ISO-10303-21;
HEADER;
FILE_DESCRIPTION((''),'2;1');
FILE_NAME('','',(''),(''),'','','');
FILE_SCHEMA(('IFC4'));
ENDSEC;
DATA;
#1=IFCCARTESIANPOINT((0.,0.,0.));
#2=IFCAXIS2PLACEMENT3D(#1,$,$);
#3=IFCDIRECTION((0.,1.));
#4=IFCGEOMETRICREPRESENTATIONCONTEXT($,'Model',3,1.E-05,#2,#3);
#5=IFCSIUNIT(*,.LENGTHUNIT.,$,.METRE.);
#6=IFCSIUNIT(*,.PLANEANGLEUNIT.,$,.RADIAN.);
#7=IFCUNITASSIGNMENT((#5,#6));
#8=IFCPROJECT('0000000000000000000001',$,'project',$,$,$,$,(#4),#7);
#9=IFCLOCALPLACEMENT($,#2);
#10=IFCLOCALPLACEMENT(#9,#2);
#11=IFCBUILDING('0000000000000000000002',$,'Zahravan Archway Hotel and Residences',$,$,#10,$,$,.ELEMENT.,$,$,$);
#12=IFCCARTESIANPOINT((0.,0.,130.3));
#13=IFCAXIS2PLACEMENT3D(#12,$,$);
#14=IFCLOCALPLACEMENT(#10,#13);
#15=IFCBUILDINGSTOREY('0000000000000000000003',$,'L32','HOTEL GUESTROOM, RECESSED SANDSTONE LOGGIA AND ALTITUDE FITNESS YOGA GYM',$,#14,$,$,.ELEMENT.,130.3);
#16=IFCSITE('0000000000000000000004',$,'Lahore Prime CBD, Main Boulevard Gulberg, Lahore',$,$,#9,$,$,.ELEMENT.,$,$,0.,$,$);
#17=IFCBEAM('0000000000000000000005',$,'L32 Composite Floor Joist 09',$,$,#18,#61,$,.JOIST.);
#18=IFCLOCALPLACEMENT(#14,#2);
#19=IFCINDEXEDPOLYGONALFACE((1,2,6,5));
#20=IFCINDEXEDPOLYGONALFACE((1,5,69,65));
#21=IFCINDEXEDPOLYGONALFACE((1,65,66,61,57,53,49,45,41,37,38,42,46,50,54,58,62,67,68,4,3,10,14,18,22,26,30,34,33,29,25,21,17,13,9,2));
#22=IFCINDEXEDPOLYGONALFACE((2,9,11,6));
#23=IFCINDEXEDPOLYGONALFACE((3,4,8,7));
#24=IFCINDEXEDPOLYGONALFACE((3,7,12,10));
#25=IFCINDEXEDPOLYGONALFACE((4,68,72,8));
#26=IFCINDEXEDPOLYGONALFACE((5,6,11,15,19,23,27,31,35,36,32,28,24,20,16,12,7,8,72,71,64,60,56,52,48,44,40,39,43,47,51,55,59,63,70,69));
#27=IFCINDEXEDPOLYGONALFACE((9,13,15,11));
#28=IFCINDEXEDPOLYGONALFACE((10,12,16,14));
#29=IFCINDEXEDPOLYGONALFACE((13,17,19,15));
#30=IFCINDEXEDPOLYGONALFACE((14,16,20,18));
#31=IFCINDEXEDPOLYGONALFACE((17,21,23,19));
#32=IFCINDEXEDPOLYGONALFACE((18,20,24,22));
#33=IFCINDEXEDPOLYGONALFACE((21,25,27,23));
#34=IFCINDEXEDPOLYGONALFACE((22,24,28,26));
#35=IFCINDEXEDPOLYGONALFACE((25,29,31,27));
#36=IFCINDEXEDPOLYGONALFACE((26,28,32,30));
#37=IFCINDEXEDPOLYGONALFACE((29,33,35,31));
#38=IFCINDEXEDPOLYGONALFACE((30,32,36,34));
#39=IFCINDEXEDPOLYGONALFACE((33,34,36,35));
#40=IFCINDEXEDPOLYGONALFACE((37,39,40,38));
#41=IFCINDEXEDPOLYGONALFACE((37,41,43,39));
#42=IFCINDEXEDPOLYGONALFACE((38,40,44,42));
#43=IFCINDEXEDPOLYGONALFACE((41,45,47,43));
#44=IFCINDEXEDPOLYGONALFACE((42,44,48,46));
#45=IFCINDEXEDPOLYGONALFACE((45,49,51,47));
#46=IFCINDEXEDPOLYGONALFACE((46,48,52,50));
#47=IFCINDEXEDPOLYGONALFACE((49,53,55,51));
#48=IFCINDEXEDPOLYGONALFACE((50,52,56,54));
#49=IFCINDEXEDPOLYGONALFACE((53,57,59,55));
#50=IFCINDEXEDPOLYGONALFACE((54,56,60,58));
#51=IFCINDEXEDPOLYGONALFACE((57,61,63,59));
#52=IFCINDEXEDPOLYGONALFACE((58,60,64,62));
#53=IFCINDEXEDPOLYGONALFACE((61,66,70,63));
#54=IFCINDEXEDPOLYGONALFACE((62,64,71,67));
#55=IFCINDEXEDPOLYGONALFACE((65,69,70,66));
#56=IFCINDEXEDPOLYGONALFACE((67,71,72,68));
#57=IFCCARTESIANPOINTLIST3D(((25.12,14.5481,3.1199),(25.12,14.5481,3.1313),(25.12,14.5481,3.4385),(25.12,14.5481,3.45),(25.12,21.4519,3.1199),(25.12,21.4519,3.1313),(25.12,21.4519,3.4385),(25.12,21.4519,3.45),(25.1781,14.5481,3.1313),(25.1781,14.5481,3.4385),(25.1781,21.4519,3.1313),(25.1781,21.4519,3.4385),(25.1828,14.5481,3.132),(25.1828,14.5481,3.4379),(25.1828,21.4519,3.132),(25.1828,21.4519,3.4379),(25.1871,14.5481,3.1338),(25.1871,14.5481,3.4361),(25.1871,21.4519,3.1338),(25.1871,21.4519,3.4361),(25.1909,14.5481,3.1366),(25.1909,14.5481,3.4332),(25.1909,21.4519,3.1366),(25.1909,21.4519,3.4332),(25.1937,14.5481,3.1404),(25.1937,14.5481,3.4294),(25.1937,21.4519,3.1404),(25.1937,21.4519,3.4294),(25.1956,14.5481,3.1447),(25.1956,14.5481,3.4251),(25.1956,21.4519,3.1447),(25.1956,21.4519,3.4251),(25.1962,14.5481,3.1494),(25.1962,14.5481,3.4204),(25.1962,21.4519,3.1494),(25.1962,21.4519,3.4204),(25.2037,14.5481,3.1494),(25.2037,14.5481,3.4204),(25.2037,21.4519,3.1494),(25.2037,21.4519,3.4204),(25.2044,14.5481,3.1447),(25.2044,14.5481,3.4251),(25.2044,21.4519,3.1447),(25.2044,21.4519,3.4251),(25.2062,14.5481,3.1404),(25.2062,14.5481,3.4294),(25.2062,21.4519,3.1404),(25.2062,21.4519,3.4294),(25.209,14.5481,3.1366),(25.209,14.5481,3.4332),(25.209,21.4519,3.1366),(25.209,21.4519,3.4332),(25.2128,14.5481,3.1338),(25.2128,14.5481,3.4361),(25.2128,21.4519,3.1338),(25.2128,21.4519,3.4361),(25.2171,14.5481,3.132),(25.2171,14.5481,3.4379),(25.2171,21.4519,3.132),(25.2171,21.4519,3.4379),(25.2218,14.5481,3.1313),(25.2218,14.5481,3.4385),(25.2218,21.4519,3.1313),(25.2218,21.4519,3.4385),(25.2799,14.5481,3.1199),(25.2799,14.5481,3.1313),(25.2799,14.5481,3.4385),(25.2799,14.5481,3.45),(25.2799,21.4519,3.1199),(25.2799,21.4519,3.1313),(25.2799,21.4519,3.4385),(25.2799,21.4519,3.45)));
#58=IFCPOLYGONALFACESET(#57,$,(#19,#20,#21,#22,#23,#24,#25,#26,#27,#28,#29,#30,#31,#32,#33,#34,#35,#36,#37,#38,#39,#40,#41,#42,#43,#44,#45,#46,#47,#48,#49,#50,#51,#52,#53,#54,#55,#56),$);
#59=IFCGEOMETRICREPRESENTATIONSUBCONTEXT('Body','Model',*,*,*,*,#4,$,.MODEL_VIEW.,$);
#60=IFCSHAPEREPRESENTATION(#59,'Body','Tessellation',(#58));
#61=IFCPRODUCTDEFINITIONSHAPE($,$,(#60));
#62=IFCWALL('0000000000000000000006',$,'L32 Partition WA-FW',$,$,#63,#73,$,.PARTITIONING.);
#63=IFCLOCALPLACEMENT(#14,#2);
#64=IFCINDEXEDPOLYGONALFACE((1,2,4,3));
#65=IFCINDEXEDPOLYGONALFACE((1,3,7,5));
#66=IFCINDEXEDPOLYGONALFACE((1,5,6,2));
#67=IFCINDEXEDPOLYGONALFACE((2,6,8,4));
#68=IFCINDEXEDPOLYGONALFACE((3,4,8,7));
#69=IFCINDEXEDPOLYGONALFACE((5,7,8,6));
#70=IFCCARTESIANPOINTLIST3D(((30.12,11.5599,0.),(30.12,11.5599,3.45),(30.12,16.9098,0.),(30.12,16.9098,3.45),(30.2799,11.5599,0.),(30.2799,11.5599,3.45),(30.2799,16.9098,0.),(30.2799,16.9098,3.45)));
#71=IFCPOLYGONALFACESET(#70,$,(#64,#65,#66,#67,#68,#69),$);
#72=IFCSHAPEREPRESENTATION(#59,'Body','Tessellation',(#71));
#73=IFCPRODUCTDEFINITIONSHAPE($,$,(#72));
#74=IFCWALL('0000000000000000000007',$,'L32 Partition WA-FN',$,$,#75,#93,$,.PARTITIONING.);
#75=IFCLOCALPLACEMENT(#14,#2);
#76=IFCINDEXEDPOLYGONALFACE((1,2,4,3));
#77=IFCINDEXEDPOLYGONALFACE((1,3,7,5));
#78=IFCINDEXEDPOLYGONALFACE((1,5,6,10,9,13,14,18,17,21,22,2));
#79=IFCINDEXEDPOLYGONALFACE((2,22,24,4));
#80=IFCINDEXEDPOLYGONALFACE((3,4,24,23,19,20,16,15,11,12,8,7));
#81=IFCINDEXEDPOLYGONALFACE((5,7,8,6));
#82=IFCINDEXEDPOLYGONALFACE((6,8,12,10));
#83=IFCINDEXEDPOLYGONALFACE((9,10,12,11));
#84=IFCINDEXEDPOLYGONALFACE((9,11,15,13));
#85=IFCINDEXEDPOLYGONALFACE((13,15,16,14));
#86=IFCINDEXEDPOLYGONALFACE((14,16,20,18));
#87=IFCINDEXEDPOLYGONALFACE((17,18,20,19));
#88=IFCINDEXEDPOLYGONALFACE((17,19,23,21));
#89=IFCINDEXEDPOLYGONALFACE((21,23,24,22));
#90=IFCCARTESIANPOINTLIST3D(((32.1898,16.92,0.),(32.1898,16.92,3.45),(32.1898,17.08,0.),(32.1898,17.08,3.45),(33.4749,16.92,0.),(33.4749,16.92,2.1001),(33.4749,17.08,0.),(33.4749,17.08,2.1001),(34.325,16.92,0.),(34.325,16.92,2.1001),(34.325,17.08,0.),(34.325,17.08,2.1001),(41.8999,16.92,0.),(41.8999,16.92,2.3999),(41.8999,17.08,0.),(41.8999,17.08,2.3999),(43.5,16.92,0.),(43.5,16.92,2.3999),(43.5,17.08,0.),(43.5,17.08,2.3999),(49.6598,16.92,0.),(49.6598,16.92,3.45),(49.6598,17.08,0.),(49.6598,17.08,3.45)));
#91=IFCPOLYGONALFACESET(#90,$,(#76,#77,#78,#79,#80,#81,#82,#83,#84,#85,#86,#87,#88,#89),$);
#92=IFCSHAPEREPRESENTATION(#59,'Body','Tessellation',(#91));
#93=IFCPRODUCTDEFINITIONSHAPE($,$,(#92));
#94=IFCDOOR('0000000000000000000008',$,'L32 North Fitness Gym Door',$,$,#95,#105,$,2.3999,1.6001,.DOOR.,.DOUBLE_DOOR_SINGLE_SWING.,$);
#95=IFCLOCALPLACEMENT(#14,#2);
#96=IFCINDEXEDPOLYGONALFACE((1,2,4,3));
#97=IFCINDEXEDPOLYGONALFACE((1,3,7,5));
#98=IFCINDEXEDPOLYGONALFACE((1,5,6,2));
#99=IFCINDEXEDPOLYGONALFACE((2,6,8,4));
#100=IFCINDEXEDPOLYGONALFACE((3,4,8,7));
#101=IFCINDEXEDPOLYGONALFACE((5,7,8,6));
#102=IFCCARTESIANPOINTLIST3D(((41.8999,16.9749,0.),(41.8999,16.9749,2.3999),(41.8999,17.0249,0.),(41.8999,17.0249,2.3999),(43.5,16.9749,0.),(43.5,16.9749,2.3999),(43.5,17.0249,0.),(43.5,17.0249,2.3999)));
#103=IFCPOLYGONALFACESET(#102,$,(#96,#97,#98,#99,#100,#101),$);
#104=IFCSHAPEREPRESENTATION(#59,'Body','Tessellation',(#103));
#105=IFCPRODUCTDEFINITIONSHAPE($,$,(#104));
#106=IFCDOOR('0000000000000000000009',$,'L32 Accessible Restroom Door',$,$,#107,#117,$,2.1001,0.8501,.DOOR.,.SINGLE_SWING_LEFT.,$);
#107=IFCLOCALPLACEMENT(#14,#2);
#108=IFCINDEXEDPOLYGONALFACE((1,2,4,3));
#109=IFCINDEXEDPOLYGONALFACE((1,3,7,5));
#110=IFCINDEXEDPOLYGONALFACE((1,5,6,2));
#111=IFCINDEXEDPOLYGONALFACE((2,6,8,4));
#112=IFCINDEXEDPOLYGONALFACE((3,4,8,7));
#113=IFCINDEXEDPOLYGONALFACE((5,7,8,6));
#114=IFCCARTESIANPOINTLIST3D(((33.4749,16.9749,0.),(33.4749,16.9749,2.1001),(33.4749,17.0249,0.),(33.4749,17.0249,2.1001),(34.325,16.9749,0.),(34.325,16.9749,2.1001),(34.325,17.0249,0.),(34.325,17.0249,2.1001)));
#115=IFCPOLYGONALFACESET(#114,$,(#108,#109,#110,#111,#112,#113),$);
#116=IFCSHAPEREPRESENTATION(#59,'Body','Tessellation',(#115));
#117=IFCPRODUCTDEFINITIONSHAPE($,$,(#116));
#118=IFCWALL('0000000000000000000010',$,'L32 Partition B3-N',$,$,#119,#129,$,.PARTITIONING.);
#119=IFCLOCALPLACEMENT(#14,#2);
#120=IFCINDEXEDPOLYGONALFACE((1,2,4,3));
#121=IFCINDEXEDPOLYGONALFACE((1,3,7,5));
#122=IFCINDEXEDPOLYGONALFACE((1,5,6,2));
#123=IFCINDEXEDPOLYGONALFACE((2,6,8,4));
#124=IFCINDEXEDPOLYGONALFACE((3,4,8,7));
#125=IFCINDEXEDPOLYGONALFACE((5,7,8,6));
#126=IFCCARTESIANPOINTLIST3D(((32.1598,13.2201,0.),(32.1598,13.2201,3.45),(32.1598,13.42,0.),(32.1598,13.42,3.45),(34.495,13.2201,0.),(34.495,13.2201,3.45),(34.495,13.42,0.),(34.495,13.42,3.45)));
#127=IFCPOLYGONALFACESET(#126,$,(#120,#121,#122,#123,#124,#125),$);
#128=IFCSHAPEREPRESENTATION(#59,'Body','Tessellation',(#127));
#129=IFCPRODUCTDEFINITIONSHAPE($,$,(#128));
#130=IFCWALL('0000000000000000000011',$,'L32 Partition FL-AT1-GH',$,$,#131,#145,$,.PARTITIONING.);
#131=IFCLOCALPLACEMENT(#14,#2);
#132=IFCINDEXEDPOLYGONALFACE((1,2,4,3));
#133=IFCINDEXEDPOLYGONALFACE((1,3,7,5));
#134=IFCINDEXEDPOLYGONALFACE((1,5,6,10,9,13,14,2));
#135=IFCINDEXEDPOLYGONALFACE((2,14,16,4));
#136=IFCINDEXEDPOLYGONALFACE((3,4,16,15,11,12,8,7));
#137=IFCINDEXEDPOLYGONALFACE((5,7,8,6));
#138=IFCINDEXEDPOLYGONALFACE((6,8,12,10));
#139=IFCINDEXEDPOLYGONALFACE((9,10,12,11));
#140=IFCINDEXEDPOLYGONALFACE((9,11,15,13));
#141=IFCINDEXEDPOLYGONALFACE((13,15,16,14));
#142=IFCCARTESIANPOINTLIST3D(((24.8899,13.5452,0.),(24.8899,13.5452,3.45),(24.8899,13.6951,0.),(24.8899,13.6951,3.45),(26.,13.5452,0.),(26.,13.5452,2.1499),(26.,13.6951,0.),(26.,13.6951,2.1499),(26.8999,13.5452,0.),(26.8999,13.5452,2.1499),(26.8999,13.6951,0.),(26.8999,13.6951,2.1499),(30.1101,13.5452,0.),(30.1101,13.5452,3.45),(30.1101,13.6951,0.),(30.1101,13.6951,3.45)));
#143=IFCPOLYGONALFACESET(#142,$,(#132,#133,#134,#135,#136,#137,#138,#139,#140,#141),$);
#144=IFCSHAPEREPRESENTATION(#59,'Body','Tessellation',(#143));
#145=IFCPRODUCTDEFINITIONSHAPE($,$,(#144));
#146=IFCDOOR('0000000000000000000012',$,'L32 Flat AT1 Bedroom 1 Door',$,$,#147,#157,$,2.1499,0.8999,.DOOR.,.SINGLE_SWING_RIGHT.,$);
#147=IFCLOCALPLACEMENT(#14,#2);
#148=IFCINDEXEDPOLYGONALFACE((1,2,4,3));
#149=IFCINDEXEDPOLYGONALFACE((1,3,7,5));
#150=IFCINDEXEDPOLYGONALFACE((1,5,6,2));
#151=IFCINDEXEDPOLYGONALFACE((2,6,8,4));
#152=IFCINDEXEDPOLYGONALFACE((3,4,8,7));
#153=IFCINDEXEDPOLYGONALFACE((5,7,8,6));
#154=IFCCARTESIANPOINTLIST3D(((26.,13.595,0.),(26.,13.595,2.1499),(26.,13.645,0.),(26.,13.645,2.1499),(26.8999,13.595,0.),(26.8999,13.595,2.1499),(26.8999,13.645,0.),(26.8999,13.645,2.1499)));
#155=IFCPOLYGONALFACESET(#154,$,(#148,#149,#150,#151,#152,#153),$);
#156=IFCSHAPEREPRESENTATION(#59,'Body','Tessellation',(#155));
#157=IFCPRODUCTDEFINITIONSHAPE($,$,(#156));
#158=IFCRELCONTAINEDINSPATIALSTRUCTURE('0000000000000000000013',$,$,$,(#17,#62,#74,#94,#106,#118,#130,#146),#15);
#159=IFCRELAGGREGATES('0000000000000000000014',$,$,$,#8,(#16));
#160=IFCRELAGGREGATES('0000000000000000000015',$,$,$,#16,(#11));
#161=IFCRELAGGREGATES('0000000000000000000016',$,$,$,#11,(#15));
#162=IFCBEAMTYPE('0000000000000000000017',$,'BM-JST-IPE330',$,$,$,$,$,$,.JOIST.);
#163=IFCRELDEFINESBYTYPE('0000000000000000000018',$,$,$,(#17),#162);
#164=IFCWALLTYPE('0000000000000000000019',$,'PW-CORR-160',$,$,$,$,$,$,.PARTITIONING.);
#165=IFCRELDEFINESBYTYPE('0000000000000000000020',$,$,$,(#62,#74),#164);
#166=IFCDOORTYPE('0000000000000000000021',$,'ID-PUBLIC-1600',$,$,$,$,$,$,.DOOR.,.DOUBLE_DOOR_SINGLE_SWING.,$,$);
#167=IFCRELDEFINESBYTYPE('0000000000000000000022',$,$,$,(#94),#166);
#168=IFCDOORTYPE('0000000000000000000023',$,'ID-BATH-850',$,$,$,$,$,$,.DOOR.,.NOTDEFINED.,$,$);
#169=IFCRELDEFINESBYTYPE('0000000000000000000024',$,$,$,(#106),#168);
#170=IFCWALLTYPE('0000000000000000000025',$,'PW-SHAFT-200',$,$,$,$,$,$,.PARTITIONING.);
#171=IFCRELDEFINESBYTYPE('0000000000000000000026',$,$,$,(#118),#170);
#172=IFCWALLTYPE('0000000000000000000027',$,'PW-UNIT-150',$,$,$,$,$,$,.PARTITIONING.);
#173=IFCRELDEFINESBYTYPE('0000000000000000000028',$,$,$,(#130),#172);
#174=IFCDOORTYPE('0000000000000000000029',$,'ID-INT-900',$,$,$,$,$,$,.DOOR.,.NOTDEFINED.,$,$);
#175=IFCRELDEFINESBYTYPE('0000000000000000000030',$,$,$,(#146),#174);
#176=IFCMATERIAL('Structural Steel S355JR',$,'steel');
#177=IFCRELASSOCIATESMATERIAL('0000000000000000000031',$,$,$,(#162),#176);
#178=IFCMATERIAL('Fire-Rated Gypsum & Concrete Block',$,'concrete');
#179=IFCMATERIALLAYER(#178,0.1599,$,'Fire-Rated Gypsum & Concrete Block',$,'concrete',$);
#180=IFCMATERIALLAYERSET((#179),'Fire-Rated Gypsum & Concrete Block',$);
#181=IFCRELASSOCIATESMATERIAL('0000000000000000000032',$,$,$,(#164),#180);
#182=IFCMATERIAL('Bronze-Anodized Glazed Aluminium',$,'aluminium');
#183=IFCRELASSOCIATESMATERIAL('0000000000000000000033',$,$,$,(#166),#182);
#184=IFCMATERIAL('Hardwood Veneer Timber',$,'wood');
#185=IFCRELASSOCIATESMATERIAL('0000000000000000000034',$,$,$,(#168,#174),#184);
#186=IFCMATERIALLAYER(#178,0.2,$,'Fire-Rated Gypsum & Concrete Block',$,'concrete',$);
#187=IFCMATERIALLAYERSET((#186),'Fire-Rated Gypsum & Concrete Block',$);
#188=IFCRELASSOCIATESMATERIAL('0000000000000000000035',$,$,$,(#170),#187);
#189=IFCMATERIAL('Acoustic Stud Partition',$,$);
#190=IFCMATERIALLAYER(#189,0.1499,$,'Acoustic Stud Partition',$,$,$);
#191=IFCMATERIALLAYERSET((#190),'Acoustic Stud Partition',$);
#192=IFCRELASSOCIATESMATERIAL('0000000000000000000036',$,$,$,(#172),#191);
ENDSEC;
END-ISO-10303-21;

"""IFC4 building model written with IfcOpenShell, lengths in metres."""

from ifc_helpers import new_model, si_unit, direction, frame, frame_2d, origin, origin_2d, place, context, subcontext, project, spatial, rectangle, i_section, extrude, source, transform, mapped, material, layer, layer_set, material_profile, profile_set, type_object, type_shapes, element, fill, save


model = new_model("IFC4")

# Units and contexts
model_context = context("Model", 3, precision=1e-05, world=origin(), true_north=direction((0.0, 1.0)))
body_context = subcontext(model_context, "Body", "Model", "MODEL_VIEW")
ifc_project = project(units=[si_unit("LENGTHUNIT", "METRE"), si_unit("PLANEANGLEUNIT", "RADIAN")], contexts=[model_context])

# Site, building, storey
site_placement = place(None, origin())
site = spatial("IfcSite", under=ifc_project, at=site_placement, Name="Lahore Prime CBD, Main Boulevard Gulberg, Lahore", CompositionType="ELEMENT", RefElevation=0.0)
building_placement = place(site_placement, origin())
building = spatial("IfcBuilding", under=site, at=building_placement, Name="Zahravan Archway Hotel and Residences", CompositionType="ELEMENT")
storey_placement = place(building_placement, frame((0.0, 0.0, 130.3)))
storey = spatial("IfcBuildingStorey", under=building, at=storey_placement, Name="L32", Description="HOTEL GUESTROOM, RECESSED SANDSTONE LOGGIA AND ALTITUDE FITNESS YOGA GYM", CompositionType="ELEMENT", Elevation=130.3)

# Beam
ifc_material_1 = material(Name="Structural Steel S355JR", Category="steel")
ifc_material_profile_1 = material_profile(ifc_material_1, i_section(OverallWidth=0.1599, OverallDepth=0.3301, WebThickness=0.0076, FlangeThickness=0.0115, FilletRadius=0.0181, at=origin_2d()), Name="IPE 330", Category="steel")
ifc_profile_set_1 = profile_set([ifc_material_profile_1], Name="Structural Steel S355JR")
beam_type_1 = type_object("IfcBeamType", Name="BM-JST-IPE330", PredefinedType="JOIST", material=ifc_profile_set_1)
shared_shape_1 = source(origin(), body_context, "Body", "SweptSolid", [
    extrude(i_section(OverallWidth=0.1599, OverallDepth=0.3301, WebThickness=0.0076, FlangeThickness=0.0115, FilletRadius=0.0181, at=origin_2d()), origin(), (0.0, 0.0, 1.0), 6.9038),
])
beam_1_placement = place(storey_placement, frame((25.2, 14.5481, 3.2849), z_axis=(0.0, 1.0, 0.0), x_axis=(-1.0, 0.0, 0.0)))
element("IfcBeam", 1, at=beam_1_placement, inside=storey, type_object=beam_type_1, Name="L32 Composite Floor Joist 09", PredefinedType="JOIST", context=body_context, shape_type="MappedRepresentation", body=[
    mapped(shared_shape_1, transform((0.0, 0.0, 0.0), scale=1.0)),
])

# Wall
ifc_material_2 = material(Name="Fire-Rated Gypsum & Concrete Block", Category="concrete")
ifc_layer_1 = layer(ifc_material_2, 0.1599, Name="Fire-Rated Gypsum & Concrete Block", Category="concrete")
ifc_layer_set_1 = layer_set([ifc_layer_1], Name="Fire-Rated Gypsum & Concrete Block")
wall_type_1 = type_object("IfcWallType", Name="PW-CORR-160", PredefinedType="PARTITIONING", material=ifc_layer_set_1)
wall_1_placement = place(storey_placement, frame((30.2, 11.5601, 0.0), z_axis=(0.0, 0.0, 1.0), x_axis=(0.0, 1.0, 0.0)))
element("IfcWall", 2, at=wall_1_placement, inside=storey, type_object=wall_type_1, Name="L32 Partition WA-FW", PredefinedType="PARTITIONING", context=body_context, shape_type="SweptSolid", body=[
    extrude(rectangle(XDim=5.3499, YDim=0.1599, at=frame_2d((2.6748, 0.0))), origin(), (0.0, 0.0, 1.0), 3.45),
])

# Wall, openings, doors
wall_2_placement = place(storey_placement, frame((32.1899, 17.0, 0.0), z_axis=(0.0, 0.0, 1.0), x_axis=(1.0, 0.0, 0.0)))
wall_2 = element("IfcWall", 3, at=wall_2_placement, inside=storey, type_object=wall_type_1, Name="L32 Partition WA-FN", PredefinedType="PARTITIONING", context=body_context, shape_type="SweptSolid", body=[
    extrude(rectangle(XDim=17.47, YDim=0.1599, at=frame_2d((8.7349, 0.0))), origin(), (0.0, 0.0, 1.0), 3.45),
])
opening_1_placement = place(wall_2_placement, frame((1.2849, 0.0, 0.0)))
opening_1 = element("IfcOpeningElement", 4, at=opening_1_placement, cuts=wall_2, PredefinedType="OPENING", context=body_context, shape_type="SweptSolid", body=[
    extrude(rectangle(XDim=0.8501, YDim=2.1001, at=frame_2d((0.425, 1.05))), frame((0.0, 0.0898, 0.0), z_axis=(0.0, -1.0, 0.0), x_axis=(1.0, 0.0, 0.0)), (0.0, 0.0, 1.0), 0.1799),
])
opening_2_placement = place(wall_2_placement, frame((9.71, 0.0, 0.0)))
opening_2 = element("IfcOpeningElement", 5, at=opening_2_placement, cuts=wall_2, PredefinedType="OPENING", context=body_context, shape_type="SweptSolid", body=[
    extrude(rectangle(XDim=1.6001, YDim=2.3999, at=frame_2d((0.8, 1.2))), frame((0.0, 0.0898, 0.0), z_axis=(0.0, -1.0, 0.0), x_axis=(1.0, 0.0, 0.0)), (0.0, 0.0, 1.0), 0.1799),
])
ifc_material_3 = material(Name="Bronze-Anodized Glazed Aluminium", Category="aluminium")
door_type_1 = type_object("IfcDoorType", Name="ID-PUBLIC-1600", OperationType="DOUBLE_DOOR_SINGLE_SWING", PredefinedType="DOOR", material=ifc_material_3)
shared_shape_2 = source(origin(), body_context, "Body", "SweptSolid", [
    extrude(rectangle(XDim=1.6001, YDim=2.3999, at=frame_2d((0.8, 1.2))), frame((0.0, 0.0249, 0.0), z_axis=(0.0, -1.0, 0.0), x_axis=(1.0, 0.0, 0.0)), (0.0, 0.0, 1.0), 0.05),
])
type_shapes(door_type_1, [shared_shape_2])
door_1_placement = place(opening_2_placement, origin())
door_1 = element("IfcDoor", 6, at=door_1_placement, inside=storey, type_object=door_type_1, Name="L32 North Fitness Gym Door", OperationType="DOUBLE_DOOR_SINGLE_SWING", OverallHeight=2.3999, OverallWidth=1.6001, PredefinedType="DOOR", context=body_context, shape_type="MappedRepresentation", body=[
    mapped(shared_shape_2, transform((0.0, 0.0, 0.0), scale=1.0)),
])
fill(opening_2, door_1)
ifc_material_4 = material(Name="Hardwood Veneer Timber", Category="wood")
door_type_2 = type_object("IfcDoorType", Name="ID-BATH-850", OperationType="NOTDEFINED", PredefinedType="DOOR", material=ifc_material_4)
shared_shape_3 = source(origin(), body_context, "Body", "SweptSolid", [
    extrude(rectangle(XDim=0.8501, YDim=2.1001, at=frame_2d((0.425, 1.05))), frame((0.0, 0.0249, 0.0), z_axis=(0.0, -1.0, 0.0), x_axis=(1.0, 0.0, 0.0)), (0.0, 0.0, 1.0), 0.05),
])
type_shapes(door_type_2, [shared_shape_3])
door_2_placement = place(opening_1_placement, origin())
door_2 = element("IfcDoor", 7, at=door_2_placement, inside=storey, type_object=door_type_2, Name="L32 Accessible Restroom Door", OperationType="SINGLE_SWING_LEFT", OverallHeight=2.1001, OverallWidth=0.8501, PredefinedType="DOOR", context=body_context, shape_type="MappedRepresentation", body=[
    mapped(shared_shape_3, transform((0.0, 0.0, 0.0), scale=1.0)),
])
fill(opening_1, door_2)

# Wall
ifc_layer_2 = layer(ifc_material_2, 0.2, Name="Fire-Rated Gypsum & Concrete Block", Category="concrete")
ifc_layer_set_2 = layer_set([ifc_layer_2], Name="Fire-Rated Gypsum & Concrete Block")
wall_type_2 = type_object("IfcWallType", Name="PW-SHAFT-200", PredefinedType="PARTITIONING", material=ifc_layer_set_2)
wall_3_placement = place(storey_placement, frame((32.1599, 13.3201, 0.0), z_axis=(0.0, 0.0, 1.0), x_axis=(1.0, 0.0, 0.0)))
element("IfcWall", 8, at=wall_3_placement, inside=storey, type_object=wall_type_2, Name="L32 Partition B3-N", PredefinedType="PARTITIONING", context=body_context, shape_type="SweptSolid", body=[
    extrude(rectangle(XDim=2.3352, YDim=0.2, at=frame_2d((1.1675, 0.0))), origin(), (0.0, 0.0, 1.0), 3.45),
])

# Wall, opening, door
ifc_material_5 = material(Name="Acoustic Stud Partition")
ifc_layer_3 = layer(ifc_material_5, 0.1499, Name="Acoustic Stud Partition")
ifc_layer_set_3 = layer_set([ifc_layer_3], Name="Acoustic Stud Partition")
wall_type_3 = type_object("IfcWallType", Name="PW-UNIT-150", PredefinedType="PARTITIONING", material=ifc_layer_set_3)
wall_4_placement = place(storey_placement, frame((24.8899, 13.6201, 0.0), z_axis=(0.0, 0.0, 1.0), x_axis=(1.0, 0.0, 0.0)))
wall_4 = element("IfcWall", 9, at=wall_4_placement, inside=storey, type_object=wall_type_3, Name="L32 Partition FL-AT1-GH", PredefinedType="PARTITIONING", context=body_context, shape_type="SweptSolid", body=[
    extrude(rectangle(XDim=5.2202, YDim=0.1499, at=frame_2d((2.6101, 0.0))), origin(), (0.0, 0.0, 1.0), 3.45),
])
opening_3_placement = place(wall_4_placement, frame((1.1101, 0.0, 0.0)))
opening_3 = element("IfcOpeningElement", 10, at=opening_3_placement, cuts=wall_4, PredefinedType="OPENING", context=body_context, shape_type="SweptSolid", body=[
    extrude(rectangle(XDim=0.8999, YDim=2.1499, at=frame_2d((0.45, 1.075))), frame((0.0, 0.085, 0.0), z_axis=(0.0, -1.0, 0.0), x_axis=(1.0, 0.0, 0.0)), (0.0, 0.0, 1.0), 0.1699),
])
door_type_3 = type_object("IfcDoorType", Name="ID-INT-900", OperationType="NOTDEFINED", PredefinedType="DOOR", material=ifc_material_4)
shared_shape_4 = source(origin(), body_context, "Body", "SweptSolid", [
    extrude(rectangle(XDim=0.8999, YDim=2.1499, at=frame_2d((0.45, 1.075))), frame((0.0, 0.0249, 0.0), z_axis=(0.0, -1.0, 0.0), x_axis=(1.0, 0.0, 0.0)), (0.0, 0.0, 1.0), 0.05),
])
type_shapes(door_type_3, [shared_shape_4])
door_3_placement = place(opening_3_placement, origin())
door_3 = element("IfcDoor", 11, at=door_3_placement, inside=storey, type_object=door_type_3, Name="L32 Flat AT1 Bedroom 1 Door", OperationType="SINGLE_SWING_RIGHT", OverallHeight=2.1499, OverallWidth=0.8999, PredefinedType="DOOR", context=body_context, shape_type="MappedRepresentation", body=[
    mapped(shared_shape_4, transform((0.0, 0.0, 0.0), scale=1.0)),
])
fill(opening_3, door_3)

save(model, "model.ifc")
